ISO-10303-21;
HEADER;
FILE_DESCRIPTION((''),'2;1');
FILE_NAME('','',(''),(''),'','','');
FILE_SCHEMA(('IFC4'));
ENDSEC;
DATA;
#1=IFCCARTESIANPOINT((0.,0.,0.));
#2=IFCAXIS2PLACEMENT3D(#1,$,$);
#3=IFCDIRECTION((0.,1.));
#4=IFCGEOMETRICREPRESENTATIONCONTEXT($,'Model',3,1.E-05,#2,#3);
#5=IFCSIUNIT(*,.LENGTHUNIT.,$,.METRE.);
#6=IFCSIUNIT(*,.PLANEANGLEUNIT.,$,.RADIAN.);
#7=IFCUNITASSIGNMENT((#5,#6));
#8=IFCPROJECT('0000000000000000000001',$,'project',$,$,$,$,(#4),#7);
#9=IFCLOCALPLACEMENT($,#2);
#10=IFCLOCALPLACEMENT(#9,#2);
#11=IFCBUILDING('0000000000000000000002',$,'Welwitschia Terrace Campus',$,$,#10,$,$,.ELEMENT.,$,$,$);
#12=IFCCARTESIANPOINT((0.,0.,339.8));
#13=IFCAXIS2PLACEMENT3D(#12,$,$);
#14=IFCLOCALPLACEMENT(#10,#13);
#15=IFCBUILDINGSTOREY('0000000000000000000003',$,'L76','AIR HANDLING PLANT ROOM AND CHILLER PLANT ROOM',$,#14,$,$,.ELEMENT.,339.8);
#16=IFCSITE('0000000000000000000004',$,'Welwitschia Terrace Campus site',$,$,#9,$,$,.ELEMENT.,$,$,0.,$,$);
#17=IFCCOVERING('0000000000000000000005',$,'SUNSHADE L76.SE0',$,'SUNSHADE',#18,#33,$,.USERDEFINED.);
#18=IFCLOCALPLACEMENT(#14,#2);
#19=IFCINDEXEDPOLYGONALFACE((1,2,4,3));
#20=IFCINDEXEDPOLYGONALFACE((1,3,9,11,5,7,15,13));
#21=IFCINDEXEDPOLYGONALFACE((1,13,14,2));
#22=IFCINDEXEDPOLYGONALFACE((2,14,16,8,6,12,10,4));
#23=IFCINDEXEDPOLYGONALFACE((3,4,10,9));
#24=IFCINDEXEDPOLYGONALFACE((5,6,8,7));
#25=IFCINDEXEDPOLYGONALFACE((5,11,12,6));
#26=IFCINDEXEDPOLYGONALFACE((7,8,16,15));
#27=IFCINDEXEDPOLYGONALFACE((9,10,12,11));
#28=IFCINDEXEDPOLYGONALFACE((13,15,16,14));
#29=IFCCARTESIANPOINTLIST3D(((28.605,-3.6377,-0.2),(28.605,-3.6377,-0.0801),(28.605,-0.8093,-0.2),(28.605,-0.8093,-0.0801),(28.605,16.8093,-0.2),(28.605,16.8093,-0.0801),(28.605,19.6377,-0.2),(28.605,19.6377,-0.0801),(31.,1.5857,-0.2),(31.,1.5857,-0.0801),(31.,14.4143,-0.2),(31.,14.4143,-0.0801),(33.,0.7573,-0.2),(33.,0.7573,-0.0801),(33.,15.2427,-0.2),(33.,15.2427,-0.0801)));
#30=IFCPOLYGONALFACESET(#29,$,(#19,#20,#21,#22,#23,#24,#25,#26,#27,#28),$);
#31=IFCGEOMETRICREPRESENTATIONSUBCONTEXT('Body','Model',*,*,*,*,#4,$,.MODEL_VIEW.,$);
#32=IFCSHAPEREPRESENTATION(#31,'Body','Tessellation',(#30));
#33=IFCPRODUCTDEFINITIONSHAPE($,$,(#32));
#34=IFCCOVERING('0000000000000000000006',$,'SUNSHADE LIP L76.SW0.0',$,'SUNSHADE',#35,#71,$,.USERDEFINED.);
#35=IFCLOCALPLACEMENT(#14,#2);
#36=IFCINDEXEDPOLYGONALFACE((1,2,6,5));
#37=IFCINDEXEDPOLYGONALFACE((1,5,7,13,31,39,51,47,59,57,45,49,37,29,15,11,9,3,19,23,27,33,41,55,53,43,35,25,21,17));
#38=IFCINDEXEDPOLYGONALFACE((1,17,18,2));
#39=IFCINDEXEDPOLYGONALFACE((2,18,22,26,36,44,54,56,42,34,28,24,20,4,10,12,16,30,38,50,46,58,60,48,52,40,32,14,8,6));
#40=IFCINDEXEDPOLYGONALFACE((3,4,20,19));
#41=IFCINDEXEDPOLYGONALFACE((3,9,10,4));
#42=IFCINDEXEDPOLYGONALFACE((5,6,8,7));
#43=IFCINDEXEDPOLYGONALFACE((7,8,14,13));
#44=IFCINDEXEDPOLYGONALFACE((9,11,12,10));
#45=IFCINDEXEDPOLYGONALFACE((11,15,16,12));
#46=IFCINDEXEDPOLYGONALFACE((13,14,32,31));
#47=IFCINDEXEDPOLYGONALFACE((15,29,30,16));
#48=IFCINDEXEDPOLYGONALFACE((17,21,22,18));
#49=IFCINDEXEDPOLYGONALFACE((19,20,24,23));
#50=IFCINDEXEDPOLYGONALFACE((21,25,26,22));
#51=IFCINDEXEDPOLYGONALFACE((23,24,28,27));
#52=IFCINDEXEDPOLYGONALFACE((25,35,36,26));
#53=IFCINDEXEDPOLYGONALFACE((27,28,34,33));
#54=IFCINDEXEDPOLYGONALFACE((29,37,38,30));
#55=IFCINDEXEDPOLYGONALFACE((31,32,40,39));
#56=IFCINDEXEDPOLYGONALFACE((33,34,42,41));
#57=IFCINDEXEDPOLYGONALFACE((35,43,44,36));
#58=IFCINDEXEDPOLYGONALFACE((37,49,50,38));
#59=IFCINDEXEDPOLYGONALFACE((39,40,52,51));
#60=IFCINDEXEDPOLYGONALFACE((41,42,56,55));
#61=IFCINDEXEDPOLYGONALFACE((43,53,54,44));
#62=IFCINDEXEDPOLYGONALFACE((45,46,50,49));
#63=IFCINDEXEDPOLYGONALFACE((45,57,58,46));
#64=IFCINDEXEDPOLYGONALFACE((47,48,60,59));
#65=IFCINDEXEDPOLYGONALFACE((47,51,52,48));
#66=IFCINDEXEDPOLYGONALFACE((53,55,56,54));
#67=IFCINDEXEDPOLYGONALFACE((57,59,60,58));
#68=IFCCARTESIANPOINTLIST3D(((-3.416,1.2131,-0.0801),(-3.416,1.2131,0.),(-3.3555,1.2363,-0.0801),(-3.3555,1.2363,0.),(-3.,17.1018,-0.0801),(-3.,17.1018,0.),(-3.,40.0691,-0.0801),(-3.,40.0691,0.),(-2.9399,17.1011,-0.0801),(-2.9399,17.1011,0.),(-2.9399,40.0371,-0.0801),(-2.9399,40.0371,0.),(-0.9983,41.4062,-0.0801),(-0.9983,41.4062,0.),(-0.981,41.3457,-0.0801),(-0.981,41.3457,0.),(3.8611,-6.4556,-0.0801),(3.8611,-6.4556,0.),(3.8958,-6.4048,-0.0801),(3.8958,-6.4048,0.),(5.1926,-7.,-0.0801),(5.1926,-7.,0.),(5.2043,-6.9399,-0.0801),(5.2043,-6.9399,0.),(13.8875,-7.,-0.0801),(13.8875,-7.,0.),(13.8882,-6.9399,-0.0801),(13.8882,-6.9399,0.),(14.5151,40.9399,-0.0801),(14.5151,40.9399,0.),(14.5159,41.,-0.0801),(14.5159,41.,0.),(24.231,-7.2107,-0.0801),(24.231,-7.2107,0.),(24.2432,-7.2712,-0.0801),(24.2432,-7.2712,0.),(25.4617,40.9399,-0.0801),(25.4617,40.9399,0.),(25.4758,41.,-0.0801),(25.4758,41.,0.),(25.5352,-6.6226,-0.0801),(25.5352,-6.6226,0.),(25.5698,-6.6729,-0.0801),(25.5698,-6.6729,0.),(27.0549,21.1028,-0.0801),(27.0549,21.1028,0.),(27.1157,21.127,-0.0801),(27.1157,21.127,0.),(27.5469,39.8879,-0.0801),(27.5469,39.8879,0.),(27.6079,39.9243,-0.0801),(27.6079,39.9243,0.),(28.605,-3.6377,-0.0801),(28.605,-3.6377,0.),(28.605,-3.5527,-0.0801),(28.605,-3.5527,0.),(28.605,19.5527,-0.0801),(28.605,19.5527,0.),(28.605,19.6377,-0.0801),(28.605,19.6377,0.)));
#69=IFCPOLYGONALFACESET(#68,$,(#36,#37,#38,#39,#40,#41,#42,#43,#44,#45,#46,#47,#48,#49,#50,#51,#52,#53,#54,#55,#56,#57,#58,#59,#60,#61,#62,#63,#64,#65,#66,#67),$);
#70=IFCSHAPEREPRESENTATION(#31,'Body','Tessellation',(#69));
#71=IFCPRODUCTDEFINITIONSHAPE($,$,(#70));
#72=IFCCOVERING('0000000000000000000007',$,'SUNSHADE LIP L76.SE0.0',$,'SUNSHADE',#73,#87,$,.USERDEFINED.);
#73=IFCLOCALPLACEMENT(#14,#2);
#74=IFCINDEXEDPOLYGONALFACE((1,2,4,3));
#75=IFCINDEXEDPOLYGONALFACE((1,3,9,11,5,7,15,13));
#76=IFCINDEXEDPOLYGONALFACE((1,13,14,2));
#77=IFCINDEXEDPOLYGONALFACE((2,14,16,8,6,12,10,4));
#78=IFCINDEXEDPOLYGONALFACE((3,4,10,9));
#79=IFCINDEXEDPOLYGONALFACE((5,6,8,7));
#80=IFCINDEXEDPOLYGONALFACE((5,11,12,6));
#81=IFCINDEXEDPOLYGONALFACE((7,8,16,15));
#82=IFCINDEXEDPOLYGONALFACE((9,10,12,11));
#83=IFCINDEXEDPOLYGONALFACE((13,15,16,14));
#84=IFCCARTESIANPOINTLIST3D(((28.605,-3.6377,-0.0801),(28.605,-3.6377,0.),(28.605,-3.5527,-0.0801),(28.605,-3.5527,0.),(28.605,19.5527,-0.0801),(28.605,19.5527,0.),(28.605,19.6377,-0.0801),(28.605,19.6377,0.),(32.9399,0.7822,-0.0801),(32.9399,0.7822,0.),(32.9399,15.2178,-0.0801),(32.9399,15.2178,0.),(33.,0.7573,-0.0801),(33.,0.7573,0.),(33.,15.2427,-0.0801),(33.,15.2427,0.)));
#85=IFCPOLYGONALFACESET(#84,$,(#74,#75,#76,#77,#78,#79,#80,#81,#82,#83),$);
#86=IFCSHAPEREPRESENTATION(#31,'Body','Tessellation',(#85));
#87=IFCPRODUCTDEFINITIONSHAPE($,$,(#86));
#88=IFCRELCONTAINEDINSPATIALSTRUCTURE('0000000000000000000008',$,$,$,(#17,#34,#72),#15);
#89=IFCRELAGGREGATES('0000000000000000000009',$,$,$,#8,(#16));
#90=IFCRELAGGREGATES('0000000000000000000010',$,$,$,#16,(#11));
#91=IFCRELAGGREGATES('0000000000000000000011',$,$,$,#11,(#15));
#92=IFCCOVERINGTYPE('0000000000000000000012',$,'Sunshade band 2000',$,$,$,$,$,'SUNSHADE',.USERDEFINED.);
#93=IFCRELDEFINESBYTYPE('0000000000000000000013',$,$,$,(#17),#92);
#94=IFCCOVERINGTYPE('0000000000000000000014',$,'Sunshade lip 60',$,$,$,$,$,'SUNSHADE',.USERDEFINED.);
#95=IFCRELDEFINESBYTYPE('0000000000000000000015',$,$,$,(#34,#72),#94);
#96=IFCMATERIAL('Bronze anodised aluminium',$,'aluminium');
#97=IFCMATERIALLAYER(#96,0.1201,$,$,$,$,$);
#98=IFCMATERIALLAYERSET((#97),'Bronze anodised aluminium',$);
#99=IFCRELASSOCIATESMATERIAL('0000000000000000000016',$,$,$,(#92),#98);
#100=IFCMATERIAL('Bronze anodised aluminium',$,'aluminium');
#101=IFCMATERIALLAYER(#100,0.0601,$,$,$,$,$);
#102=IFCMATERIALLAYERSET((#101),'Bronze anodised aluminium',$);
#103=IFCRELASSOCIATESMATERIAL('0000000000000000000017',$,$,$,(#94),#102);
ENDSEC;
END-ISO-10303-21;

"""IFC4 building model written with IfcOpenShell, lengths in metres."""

from ifc_helpers import new_model, si_unit, direction, frame, origin, place, context, subcontext, project, spatial, polyline, outline, extrude, material, layer, layer_set, type_object, element, save


model = new_model("IFC4")

# Units and contexts
model_context = context("Model", 3, precision=1e-05, world=origin(), true_north=direction((0.0, 1.0)))
body_context = subcontext(model_context, "Body", "Model", "MODEL_VIEW")
ifc_project = project(units=[si_unit("LENGTHUNIT", "METRE"), si_unit("PLANEANGLEUNIT", "RADIAN")], contexts=[model_context])

# Site, building, storey
site_placement = place(None, origin())
site = spatial("IfcSite", under=ifc_project, at=site_placement, Name="Welwitschia Terrace Campus site", CompositionType="ELEMENT", RefElevation=0.0)
building_placement = place(site_placement, origin())
building = spatial("IfcBuilding", under=site, at=building_placement, Name="Welwitschia Terrace Campus", CompositionType="ELEMENT")
storey_placement = place(building_placement, frame((0.0, 0.0, 339.8)))
storey = spatial("IfcBuildingStorey", under=building, at=storey_placement, Name="L76", Description="AIR HANDLING PLANT ROOM AND CHILLER PLANT ROOM", CompositionType="ELEMENT", Elevation=339.8)

# Coverings
ifc_material_1 = material(Name="Bronze anodised aluminium", Category="aluminium")
ifc_layer_1 = layer(ifc_material_1, 0.1201)
ifc_layer_set_1 = layer_set([ifc_layer_1], Name="Bronze anodised aluminium")
covering_type_1 = type_object("IfcCoveringType", Name="Sunshade band 2000", ElementType="SUNSHADE", PredefinedType="USERDEFINED", material=ifc_layer_set_1)
covering_1_placement = place(storey_placement, frame((0.0, 0.0, -0.2)))
element("IfcCovering", 1, at=covering_1_placement, inside=storey, type_object=covering_type_1, Name="SUNSHADE L76.SE0", ObjectType="SUNSHADE", PredefinedType="USERDEFINED", context=body_context, shape_type="SweptSolid", body=[
    extrude(outline(polyline([(33.0, 15.2427), (33.0, 0.7573), (28.605, -3.6377), (28.605, -0.8093), (31.0, 1.5857), (31.0, 14.4143), (28.605, 16.8093), (28.605, 19.6377), (33.0, 15.2427)])), origin(), (0.0, 0.0, 1.0), 0.1199),
])
ifc_material_2 = material(Name="Bronze anodised aluminium", Category="aluminium")
ifc_layer_2 = layer(ifc_material_2, 0.0601)
ifc_layer_set_2 = layer_set([ifc_layer_2], Name="Bronze anodised aluminium")
covering_type_2 = type_object("IfcCoveringType", Name="Sunshade lip 60", ElementType="SUNSHADE", PredefinedType="USERDEFINED", material=ifc_layer_set_2)
covering_2_placement = place(storey_placement, frame((0.0, 0.0, -0.0801)))
element("IfcCovering", 2, at=covering_2_placement, inside=storey, type_object=covering_type_2, Name="SUNSHADE LIP L76.SW0.0", ObjectType="SUNSHADE", PredefinedType="USERDEFINED", context=body_context, shape_type="SweptSolid", body=[
    extrude(outline(polyline([(25.4758, 41.0), (27.6079, 39.9243), (27.1157, 21.127), (28.605, 19.6377), (28.605, 19.5527), (27.0549, 21.1028), (27.5469, 39.8879), (25.4617, 40.9399), (14.5151, 40.9399), (-0.981, 41.3457), (-2.9399, 40.0371), (-2.9399, 17.1011), (-3.3555, 1.2363), (3.8958, -6.4048), (5.2043, -6.9399), (13.8882, -6.9399), (24.231, -7.2107), (25.5352, -6.6226), (28.605, -3.5527), (28.605, -3.6377), (25.5698, -6.6729), (24.2432, -7.2712), (13.8875, -7.0), (5.1926, -7.0), (3.8611, -6.4556), (-3.416, 1.2131), (-3.0, 17.1018), (-3.0, 40.0691), (-0.9983, 41.4062), (14.5159, 41.0), (25.4758, 41.0)])), origin(), (0.0, 0.0, 1.0), 0.0801),
])
covering_3_placement = place(storey_placement, frame((0.0, 0.0, -0.0801)))
element("IfcCovering", 3, at=covering_3_placement, inside=storey, type_object=covering_type_2, Name="SUNSHADE LIP L76.SE0.0", ObjectType="SUNSHADE", PredefinedType="USERDEFINED", context=body_context, shape_type="SweptSolid", body=[
    extrude(outline(polyline([(33.0, 0.7573), (28.605, -3.6377), (28.605, -3.5527), (32.9399, 0.7822), (32.9399, 15.2178), (28.605, 19.5527), (28.605, 19.6377), (33.0, 15.2427), (33.0, 0.7573)])), origin(), (0.0, 0.0, 1.0), 0.0801),
])

save(model, "model.ifc")
